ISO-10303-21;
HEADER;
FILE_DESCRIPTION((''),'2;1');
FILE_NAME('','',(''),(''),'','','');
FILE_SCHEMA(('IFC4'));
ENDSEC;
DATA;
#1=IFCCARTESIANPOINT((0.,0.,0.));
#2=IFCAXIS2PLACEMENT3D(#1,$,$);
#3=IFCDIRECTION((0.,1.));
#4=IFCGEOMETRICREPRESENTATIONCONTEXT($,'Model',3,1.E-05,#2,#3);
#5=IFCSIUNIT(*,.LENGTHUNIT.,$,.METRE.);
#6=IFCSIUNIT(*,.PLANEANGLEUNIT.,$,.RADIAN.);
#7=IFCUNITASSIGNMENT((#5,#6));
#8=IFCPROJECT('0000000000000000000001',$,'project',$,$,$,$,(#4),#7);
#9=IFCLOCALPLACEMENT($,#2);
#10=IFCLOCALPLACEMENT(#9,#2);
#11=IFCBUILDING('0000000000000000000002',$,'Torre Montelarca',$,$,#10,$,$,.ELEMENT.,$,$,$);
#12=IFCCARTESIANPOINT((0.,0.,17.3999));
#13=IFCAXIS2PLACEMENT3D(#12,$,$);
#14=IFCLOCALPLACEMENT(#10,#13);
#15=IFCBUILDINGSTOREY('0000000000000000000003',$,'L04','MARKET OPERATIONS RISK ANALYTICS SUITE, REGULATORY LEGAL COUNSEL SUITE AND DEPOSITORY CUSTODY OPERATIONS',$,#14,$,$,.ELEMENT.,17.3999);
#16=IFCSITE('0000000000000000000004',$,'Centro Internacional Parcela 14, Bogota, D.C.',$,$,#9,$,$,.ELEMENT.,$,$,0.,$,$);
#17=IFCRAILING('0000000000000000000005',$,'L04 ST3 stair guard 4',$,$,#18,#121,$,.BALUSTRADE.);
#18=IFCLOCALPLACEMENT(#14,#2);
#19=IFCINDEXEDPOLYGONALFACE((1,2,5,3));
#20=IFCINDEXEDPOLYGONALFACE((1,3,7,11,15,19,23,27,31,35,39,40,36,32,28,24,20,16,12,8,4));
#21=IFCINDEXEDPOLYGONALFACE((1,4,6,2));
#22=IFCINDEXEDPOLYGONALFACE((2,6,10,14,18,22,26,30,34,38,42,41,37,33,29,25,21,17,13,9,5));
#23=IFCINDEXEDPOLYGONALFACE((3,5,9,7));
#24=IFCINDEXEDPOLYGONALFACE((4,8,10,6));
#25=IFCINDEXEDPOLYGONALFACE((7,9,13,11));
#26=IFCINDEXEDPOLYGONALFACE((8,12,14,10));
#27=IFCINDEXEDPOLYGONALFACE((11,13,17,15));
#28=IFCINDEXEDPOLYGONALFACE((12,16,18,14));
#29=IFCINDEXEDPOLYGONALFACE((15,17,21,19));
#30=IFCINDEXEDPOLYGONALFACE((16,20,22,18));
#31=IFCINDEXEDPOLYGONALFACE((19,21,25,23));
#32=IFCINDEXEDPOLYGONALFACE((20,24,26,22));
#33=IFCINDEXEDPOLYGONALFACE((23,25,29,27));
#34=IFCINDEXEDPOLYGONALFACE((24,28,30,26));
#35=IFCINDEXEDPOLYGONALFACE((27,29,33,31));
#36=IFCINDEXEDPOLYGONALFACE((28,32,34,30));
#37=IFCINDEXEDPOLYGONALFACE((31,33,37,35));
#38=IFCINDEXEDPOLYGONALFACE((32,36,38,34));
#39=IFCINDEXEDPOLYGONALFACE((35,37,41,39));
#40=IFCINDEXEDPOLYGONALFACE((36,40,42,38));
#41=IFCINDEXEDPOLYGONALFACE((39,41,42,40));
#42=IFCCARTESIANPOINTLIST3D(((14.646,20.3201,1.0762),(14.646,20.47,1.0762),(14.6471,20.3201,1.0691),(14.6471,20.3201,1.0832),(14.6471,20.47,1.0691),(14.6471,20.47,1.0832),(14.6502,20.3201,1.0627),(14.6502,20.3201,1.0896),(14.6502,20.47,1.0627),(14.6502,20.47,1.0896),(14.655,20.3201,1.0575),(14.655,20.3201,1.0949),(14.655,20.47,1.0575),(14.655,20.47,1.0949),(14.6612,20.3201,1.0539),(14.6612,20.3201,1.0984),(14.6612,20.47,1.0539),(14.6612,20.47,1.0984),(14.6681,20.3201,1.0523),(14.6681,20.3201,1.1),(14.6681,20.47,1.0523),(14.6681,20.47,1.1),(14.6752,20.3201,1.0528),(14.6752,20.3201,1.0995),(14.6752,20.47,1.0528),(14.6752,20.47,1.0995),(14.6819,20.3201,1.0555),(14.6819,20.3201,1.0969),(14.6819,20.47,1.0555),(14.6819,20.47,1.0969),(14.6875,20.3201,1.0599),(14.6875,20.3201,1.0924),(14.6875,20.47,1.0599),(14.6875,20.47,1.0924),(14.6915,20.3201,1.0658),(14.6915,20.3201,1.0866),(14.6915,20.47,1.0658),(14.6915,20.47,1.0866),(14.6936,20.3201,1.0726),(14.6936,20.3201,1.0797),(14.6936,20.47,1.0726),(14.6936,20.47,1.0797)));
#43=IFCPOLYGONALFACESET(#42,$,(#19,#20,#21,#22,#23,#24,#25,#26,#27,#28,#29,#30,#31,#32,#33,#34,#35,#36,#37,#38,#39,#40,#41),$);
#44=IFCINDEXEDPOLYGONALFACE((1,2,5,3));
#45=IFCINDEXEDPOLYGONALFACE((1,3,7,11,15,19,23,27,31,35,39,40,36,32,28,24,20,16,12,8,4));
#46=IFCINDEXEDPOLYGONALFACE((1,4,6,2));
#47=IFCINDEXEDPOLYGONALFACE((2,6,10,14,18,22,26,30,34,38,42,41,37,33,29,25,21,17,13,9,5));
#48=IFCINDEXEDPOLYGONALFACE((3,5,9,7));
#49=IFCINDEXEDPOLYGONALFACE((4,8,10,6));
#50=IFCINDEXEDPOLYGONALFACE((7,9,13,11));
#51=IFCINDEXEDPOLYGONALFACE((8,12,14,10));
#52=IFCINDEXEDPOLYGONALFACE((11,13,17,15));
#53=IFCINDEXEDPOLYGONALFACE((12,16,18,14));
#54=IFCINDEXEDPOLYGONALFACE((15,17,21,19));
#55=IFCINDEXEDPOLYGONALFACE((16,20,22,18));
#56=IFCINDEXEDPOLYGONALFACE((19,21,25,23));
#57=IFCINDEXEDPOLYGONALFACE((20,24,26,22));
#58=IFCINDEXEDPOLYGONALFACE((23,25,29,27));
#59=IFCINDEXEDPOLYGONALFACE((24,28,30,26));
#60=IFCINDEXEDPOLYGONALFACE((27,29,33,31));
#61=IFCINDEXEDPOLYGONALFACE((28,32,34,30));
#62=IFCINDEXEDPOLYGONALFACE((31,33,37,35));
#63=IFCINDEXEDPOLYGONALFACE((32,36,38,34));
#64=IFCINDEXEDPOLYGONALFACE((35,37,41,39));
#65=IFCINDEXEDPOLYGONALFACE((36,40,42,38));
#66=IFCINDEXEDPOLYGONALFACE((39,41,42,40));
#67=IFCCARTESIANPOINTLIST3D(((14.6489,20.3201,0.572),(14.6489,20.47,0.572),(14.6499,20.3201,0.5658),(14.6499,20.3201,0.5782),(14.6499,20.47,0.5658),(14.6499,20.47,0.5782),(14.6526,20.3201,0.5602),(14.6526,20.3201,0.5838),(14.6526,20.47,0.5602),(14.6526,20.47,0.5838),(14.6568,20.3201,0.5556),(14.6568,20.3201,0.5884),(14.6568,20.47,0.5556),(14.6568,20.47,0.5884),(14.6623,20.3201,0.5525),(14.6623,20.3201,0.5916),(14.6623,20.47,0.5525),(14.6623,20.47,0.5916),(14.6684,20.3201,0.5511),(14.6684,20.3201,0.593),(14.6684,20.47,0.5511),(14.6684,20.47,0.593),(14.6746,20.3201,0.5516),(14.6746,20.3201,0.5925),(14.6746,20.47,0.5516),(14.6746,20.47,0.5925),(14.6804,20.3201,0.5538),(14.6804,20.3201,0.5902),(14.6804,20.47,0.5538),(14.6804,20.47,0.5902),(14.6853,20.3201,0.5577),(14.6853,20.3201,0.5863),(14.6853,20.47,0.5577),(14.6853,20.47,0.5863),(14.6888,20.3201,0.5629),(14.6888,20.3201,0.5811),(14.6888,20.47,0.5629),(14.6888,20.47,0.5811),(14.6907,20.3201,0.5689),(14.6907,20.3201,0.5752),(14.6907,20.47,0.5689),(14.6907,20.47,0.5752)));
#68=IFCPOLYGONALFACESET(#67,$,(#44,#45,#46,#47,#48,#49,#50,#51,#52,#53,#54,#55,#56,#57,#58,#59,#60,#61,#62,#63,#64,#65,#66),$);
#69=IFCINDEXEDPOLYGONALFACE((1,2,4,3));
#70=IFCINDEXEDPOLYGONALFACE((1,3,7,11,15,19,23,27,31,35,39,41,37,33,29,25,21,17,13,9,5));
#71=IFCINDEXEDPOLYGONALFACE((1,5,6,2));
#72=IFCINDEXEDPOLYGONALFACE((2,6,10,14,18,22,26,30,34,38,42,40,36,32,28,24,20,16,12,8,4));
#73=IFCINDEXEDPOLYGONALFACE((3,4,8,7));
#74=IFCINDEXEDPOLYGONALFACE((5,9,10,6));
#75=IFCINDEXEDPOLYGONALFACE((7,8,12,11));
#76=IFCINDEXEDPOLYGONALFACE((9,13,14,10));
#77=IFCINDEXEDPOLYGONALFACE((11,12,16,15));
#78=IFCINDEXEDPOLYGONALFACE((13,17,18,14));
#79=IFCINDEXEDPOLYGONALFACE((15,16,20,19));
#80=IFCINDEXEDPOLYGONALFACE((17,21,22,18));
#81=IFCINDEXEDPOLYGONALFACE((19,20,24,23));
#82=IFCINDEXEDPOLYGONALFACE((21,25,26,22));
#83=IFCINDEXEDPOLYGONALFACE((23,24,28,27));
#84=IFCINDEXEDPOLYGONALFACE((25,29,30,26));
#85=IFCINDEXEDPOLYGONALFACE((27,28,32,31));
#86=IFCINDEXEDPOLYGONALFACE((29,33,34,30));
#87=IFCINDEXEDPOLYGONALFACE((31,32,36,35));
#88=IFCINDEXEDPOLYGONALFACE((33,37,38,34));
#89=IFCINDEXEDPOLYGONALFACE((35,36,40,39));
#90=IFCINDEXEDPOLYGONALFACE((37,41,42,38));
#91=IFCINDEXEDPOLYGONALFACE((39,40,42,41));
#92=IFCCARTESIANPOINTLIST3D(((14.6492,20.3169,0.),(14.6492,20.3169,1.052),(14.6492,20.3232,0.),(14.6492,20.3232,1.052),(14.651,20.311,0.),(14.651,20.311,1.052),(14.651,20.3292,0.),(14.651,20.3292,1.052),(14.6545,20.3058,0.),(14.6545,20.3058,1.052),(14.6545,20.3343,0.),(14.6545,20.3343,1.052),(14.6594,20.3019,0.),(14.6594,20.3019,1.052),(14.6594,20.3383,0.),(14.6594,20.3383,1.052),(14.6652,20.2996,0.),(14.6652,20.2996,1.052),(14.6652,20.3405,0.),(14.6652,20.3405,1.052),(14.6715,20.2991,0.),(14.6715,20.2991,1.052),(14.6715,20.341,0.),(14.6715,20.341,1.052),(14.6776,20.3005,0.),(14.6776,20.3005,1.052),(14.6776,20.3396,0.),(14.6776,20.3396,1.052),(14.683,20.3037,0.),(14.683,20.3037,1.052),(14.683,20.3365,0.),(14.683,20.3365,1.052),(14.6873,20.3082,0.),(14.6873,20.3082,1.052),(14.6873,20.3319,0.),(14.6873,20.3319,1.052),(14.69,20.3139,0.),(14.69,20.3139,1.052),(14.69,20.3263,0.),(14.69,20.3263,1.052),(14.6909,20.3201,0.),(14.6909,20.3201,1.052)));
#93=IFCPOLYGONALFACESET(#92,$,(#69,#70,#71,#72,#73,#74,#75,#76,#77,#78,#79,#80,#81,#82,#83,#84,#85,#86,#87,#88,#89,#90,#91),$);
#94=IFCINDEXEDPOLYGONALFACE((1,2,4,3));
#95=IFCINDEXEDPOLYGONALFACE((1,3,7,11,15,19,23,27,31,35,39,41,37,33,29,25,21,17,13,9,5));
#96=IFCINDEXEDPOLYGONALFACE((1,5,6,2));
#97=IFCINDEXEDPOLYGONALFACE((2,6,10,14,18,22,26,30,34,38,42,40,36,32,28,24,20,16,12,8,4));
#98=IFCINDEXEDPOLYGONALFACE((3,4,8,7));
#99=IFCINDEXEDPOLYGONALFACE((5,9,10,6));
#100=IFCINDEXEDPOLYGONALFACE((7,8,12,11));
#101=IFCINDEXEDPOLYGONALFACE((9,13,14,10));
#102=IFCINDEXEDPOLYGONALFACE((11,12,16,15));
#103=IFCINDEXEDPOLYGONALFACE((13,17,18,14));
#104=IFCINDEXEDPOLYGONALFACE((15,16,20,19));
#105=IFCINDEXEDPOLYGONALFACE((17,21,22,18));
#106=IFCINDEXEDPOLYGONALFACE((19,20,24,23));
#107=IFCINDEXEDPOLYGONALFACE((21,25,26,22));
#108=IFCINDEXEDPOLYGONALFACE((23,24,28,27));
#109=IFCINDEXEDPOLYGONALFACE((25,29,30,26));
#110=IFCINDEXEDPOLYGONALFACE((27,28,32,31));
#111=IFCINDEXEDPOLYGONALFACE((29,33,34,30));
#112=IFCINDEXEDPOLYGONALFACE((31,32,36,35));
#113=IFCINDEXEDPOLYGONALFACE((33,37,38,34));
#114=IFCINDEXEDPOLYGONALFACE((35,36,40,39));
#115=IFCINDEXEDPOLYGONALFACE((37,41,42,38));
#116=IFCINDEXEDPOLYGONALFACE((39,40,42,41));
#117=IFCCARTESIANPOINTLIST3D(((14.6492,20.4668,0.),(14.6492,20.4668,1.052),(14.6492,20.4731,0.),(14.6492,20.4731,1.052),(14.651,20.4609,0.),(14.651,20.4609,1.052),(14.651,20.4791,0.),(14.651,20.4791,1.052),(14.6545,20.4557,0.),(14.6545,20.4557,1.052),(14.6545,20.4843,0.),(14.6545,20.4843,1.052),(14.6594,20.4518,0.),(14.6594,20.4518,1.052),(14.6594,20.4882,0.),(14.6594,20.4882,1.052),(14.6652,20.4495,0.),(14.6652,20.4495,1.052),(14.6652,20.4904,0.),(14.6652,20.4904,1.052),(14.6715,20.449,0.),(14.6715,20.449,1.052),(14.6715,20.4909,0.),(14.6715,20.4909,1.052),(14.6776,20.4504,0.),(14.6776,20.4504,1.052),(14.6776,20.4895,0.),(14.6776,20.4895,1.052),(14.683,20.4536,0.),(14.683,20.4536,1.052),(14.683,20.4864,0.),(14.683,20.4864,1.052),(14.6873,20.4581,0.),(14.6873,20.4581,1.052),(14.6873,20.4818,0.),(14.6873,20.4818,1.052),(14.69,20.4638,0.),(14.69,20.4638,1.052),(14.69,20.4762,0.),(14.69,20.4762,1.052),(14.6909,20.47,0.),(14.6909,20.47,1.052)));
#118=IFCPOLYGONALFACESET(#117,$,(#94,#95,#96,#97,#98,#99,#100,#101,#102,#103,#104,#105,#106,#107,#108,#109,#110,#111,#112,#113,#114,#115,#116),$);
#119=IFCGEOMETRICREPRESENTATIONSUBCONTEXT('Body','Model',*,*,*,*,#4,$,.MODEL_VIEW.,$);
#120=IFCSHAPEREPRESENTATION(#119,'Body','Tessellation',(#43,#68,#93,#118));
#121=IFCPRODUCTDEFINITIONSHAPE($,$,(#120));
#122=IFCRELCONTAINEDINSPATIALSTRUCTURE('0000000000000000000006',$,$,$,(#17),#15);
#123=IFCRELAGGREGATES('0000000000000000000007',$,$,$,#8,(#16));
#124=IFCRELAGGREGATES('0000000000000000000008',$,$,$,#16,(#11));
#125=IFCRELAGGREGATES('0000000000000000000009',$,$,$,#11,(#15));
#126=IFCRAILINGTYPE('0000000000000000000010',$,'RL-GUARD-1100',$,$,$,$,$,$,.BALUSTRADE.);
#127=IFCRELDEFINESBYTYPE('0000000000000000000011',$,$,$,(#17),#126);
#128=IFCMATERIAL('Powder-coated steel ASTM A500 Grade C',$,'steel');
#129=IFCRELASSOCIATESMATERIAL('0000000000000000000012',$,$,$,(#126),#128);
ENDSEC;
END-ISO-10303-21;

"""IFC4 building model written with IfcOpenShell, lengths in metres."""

from ifc_helpers import new_model, si_unit, direction, frame, origin, origin_2d, place, context, subcontext, project, spatial, circle, extrude, material, type_object, element, save


model = new_model("IFC4")

# Units and contexts
model_context = context("Model", 3, precision=1e-05, world=origin(), true_north=direction((0.0, 1.0)))
body_context = subcontext(model_context, "Body", "Model", "MODEL_VIEW")
ifc_project = project(units=[si_unit("LENGTHUNIT", "METRE"), si_unit("PLANEANGLEUNIT", "RADIAN")], contexts=[model_context])

# Site, building, storey
site_placement = place(None, origin())
site = spatial("IfcSite", under=ifc_project, at=site_placement, Name="Centro Internacional Parcela 14, Bogota, D.C.", CompositionType="ELEMENT", RefElevation=0.0)
building_placement = place(site_placement, origin())
building = spatial("IfcBuilding", under=site, at=building_placement, Name="Torre Montelarca", CompositionType="ELEMENT")
storey_placement = place(building_placement, frame((0.0, 0.0, 17.3999)))
storey = spatial("IfcBuildingStorey", under=building, at=storey_placement, Name="L04", Description="MARKET OPERATIONS RISK ANALYTICS SUITE, REGULATORY LEGAL COUNSEL SUITE AND DEPOSITORY CUSTODY OPERATIONS", CompositionType="ELEMENT", Elevation=17.3999)

# Railing
ifc_material_1 = material(Name="Powder-coated steel ASTM A500 Grade C", Category="steel")
railing_type_1 = type_object("IfcRailingType", Name="RL-GUARD-1100", PredefinedType="BALUSTRADE", material=ifc_material_1)
railing_1_placement = place(storey_placement, frame((14.6699, 20.3201, 0.0)))
element("IfcRailing", 1, at=railing_1_placement, inside=storey, type_object=railing_type_1, Name="L04 ST3 stair guard 4", PredefinedType="BALUSTRADE", context=body_context, shape_type="SweptSolid", body=[
    extrude(circle(Radius=0.0239, at=origin_2d()), frame((0.0, 0.0, 1.0762), z_axis=(0.0, 1.0, 0.0), x_axis=(-1.0, 0.0, 0.0)), (0.0, 0.0, 1.0), 0.1499),
    extrude(circle(Radius=0.021, at=origin_2d()), frame((0.0, 0.0, 0.572), z_axis=(0.0, 1.0, 0.0), x_axis=(-1.0, 0.0, 0.0)), (0.0, 0.0, 1.0), 0.1499),
    extrude(circle(Radius=0.021, at=origin_2d()), origin(), (0.0, 0.0, 1.0), 1.052),
    extrude(circle(Radius=0.021, at=origin_2d()), frame((0.0, 0.1499, 0.0)), (0.0, 0.0, 1.0), 1.052),
])

save(model, "model.ifc")
